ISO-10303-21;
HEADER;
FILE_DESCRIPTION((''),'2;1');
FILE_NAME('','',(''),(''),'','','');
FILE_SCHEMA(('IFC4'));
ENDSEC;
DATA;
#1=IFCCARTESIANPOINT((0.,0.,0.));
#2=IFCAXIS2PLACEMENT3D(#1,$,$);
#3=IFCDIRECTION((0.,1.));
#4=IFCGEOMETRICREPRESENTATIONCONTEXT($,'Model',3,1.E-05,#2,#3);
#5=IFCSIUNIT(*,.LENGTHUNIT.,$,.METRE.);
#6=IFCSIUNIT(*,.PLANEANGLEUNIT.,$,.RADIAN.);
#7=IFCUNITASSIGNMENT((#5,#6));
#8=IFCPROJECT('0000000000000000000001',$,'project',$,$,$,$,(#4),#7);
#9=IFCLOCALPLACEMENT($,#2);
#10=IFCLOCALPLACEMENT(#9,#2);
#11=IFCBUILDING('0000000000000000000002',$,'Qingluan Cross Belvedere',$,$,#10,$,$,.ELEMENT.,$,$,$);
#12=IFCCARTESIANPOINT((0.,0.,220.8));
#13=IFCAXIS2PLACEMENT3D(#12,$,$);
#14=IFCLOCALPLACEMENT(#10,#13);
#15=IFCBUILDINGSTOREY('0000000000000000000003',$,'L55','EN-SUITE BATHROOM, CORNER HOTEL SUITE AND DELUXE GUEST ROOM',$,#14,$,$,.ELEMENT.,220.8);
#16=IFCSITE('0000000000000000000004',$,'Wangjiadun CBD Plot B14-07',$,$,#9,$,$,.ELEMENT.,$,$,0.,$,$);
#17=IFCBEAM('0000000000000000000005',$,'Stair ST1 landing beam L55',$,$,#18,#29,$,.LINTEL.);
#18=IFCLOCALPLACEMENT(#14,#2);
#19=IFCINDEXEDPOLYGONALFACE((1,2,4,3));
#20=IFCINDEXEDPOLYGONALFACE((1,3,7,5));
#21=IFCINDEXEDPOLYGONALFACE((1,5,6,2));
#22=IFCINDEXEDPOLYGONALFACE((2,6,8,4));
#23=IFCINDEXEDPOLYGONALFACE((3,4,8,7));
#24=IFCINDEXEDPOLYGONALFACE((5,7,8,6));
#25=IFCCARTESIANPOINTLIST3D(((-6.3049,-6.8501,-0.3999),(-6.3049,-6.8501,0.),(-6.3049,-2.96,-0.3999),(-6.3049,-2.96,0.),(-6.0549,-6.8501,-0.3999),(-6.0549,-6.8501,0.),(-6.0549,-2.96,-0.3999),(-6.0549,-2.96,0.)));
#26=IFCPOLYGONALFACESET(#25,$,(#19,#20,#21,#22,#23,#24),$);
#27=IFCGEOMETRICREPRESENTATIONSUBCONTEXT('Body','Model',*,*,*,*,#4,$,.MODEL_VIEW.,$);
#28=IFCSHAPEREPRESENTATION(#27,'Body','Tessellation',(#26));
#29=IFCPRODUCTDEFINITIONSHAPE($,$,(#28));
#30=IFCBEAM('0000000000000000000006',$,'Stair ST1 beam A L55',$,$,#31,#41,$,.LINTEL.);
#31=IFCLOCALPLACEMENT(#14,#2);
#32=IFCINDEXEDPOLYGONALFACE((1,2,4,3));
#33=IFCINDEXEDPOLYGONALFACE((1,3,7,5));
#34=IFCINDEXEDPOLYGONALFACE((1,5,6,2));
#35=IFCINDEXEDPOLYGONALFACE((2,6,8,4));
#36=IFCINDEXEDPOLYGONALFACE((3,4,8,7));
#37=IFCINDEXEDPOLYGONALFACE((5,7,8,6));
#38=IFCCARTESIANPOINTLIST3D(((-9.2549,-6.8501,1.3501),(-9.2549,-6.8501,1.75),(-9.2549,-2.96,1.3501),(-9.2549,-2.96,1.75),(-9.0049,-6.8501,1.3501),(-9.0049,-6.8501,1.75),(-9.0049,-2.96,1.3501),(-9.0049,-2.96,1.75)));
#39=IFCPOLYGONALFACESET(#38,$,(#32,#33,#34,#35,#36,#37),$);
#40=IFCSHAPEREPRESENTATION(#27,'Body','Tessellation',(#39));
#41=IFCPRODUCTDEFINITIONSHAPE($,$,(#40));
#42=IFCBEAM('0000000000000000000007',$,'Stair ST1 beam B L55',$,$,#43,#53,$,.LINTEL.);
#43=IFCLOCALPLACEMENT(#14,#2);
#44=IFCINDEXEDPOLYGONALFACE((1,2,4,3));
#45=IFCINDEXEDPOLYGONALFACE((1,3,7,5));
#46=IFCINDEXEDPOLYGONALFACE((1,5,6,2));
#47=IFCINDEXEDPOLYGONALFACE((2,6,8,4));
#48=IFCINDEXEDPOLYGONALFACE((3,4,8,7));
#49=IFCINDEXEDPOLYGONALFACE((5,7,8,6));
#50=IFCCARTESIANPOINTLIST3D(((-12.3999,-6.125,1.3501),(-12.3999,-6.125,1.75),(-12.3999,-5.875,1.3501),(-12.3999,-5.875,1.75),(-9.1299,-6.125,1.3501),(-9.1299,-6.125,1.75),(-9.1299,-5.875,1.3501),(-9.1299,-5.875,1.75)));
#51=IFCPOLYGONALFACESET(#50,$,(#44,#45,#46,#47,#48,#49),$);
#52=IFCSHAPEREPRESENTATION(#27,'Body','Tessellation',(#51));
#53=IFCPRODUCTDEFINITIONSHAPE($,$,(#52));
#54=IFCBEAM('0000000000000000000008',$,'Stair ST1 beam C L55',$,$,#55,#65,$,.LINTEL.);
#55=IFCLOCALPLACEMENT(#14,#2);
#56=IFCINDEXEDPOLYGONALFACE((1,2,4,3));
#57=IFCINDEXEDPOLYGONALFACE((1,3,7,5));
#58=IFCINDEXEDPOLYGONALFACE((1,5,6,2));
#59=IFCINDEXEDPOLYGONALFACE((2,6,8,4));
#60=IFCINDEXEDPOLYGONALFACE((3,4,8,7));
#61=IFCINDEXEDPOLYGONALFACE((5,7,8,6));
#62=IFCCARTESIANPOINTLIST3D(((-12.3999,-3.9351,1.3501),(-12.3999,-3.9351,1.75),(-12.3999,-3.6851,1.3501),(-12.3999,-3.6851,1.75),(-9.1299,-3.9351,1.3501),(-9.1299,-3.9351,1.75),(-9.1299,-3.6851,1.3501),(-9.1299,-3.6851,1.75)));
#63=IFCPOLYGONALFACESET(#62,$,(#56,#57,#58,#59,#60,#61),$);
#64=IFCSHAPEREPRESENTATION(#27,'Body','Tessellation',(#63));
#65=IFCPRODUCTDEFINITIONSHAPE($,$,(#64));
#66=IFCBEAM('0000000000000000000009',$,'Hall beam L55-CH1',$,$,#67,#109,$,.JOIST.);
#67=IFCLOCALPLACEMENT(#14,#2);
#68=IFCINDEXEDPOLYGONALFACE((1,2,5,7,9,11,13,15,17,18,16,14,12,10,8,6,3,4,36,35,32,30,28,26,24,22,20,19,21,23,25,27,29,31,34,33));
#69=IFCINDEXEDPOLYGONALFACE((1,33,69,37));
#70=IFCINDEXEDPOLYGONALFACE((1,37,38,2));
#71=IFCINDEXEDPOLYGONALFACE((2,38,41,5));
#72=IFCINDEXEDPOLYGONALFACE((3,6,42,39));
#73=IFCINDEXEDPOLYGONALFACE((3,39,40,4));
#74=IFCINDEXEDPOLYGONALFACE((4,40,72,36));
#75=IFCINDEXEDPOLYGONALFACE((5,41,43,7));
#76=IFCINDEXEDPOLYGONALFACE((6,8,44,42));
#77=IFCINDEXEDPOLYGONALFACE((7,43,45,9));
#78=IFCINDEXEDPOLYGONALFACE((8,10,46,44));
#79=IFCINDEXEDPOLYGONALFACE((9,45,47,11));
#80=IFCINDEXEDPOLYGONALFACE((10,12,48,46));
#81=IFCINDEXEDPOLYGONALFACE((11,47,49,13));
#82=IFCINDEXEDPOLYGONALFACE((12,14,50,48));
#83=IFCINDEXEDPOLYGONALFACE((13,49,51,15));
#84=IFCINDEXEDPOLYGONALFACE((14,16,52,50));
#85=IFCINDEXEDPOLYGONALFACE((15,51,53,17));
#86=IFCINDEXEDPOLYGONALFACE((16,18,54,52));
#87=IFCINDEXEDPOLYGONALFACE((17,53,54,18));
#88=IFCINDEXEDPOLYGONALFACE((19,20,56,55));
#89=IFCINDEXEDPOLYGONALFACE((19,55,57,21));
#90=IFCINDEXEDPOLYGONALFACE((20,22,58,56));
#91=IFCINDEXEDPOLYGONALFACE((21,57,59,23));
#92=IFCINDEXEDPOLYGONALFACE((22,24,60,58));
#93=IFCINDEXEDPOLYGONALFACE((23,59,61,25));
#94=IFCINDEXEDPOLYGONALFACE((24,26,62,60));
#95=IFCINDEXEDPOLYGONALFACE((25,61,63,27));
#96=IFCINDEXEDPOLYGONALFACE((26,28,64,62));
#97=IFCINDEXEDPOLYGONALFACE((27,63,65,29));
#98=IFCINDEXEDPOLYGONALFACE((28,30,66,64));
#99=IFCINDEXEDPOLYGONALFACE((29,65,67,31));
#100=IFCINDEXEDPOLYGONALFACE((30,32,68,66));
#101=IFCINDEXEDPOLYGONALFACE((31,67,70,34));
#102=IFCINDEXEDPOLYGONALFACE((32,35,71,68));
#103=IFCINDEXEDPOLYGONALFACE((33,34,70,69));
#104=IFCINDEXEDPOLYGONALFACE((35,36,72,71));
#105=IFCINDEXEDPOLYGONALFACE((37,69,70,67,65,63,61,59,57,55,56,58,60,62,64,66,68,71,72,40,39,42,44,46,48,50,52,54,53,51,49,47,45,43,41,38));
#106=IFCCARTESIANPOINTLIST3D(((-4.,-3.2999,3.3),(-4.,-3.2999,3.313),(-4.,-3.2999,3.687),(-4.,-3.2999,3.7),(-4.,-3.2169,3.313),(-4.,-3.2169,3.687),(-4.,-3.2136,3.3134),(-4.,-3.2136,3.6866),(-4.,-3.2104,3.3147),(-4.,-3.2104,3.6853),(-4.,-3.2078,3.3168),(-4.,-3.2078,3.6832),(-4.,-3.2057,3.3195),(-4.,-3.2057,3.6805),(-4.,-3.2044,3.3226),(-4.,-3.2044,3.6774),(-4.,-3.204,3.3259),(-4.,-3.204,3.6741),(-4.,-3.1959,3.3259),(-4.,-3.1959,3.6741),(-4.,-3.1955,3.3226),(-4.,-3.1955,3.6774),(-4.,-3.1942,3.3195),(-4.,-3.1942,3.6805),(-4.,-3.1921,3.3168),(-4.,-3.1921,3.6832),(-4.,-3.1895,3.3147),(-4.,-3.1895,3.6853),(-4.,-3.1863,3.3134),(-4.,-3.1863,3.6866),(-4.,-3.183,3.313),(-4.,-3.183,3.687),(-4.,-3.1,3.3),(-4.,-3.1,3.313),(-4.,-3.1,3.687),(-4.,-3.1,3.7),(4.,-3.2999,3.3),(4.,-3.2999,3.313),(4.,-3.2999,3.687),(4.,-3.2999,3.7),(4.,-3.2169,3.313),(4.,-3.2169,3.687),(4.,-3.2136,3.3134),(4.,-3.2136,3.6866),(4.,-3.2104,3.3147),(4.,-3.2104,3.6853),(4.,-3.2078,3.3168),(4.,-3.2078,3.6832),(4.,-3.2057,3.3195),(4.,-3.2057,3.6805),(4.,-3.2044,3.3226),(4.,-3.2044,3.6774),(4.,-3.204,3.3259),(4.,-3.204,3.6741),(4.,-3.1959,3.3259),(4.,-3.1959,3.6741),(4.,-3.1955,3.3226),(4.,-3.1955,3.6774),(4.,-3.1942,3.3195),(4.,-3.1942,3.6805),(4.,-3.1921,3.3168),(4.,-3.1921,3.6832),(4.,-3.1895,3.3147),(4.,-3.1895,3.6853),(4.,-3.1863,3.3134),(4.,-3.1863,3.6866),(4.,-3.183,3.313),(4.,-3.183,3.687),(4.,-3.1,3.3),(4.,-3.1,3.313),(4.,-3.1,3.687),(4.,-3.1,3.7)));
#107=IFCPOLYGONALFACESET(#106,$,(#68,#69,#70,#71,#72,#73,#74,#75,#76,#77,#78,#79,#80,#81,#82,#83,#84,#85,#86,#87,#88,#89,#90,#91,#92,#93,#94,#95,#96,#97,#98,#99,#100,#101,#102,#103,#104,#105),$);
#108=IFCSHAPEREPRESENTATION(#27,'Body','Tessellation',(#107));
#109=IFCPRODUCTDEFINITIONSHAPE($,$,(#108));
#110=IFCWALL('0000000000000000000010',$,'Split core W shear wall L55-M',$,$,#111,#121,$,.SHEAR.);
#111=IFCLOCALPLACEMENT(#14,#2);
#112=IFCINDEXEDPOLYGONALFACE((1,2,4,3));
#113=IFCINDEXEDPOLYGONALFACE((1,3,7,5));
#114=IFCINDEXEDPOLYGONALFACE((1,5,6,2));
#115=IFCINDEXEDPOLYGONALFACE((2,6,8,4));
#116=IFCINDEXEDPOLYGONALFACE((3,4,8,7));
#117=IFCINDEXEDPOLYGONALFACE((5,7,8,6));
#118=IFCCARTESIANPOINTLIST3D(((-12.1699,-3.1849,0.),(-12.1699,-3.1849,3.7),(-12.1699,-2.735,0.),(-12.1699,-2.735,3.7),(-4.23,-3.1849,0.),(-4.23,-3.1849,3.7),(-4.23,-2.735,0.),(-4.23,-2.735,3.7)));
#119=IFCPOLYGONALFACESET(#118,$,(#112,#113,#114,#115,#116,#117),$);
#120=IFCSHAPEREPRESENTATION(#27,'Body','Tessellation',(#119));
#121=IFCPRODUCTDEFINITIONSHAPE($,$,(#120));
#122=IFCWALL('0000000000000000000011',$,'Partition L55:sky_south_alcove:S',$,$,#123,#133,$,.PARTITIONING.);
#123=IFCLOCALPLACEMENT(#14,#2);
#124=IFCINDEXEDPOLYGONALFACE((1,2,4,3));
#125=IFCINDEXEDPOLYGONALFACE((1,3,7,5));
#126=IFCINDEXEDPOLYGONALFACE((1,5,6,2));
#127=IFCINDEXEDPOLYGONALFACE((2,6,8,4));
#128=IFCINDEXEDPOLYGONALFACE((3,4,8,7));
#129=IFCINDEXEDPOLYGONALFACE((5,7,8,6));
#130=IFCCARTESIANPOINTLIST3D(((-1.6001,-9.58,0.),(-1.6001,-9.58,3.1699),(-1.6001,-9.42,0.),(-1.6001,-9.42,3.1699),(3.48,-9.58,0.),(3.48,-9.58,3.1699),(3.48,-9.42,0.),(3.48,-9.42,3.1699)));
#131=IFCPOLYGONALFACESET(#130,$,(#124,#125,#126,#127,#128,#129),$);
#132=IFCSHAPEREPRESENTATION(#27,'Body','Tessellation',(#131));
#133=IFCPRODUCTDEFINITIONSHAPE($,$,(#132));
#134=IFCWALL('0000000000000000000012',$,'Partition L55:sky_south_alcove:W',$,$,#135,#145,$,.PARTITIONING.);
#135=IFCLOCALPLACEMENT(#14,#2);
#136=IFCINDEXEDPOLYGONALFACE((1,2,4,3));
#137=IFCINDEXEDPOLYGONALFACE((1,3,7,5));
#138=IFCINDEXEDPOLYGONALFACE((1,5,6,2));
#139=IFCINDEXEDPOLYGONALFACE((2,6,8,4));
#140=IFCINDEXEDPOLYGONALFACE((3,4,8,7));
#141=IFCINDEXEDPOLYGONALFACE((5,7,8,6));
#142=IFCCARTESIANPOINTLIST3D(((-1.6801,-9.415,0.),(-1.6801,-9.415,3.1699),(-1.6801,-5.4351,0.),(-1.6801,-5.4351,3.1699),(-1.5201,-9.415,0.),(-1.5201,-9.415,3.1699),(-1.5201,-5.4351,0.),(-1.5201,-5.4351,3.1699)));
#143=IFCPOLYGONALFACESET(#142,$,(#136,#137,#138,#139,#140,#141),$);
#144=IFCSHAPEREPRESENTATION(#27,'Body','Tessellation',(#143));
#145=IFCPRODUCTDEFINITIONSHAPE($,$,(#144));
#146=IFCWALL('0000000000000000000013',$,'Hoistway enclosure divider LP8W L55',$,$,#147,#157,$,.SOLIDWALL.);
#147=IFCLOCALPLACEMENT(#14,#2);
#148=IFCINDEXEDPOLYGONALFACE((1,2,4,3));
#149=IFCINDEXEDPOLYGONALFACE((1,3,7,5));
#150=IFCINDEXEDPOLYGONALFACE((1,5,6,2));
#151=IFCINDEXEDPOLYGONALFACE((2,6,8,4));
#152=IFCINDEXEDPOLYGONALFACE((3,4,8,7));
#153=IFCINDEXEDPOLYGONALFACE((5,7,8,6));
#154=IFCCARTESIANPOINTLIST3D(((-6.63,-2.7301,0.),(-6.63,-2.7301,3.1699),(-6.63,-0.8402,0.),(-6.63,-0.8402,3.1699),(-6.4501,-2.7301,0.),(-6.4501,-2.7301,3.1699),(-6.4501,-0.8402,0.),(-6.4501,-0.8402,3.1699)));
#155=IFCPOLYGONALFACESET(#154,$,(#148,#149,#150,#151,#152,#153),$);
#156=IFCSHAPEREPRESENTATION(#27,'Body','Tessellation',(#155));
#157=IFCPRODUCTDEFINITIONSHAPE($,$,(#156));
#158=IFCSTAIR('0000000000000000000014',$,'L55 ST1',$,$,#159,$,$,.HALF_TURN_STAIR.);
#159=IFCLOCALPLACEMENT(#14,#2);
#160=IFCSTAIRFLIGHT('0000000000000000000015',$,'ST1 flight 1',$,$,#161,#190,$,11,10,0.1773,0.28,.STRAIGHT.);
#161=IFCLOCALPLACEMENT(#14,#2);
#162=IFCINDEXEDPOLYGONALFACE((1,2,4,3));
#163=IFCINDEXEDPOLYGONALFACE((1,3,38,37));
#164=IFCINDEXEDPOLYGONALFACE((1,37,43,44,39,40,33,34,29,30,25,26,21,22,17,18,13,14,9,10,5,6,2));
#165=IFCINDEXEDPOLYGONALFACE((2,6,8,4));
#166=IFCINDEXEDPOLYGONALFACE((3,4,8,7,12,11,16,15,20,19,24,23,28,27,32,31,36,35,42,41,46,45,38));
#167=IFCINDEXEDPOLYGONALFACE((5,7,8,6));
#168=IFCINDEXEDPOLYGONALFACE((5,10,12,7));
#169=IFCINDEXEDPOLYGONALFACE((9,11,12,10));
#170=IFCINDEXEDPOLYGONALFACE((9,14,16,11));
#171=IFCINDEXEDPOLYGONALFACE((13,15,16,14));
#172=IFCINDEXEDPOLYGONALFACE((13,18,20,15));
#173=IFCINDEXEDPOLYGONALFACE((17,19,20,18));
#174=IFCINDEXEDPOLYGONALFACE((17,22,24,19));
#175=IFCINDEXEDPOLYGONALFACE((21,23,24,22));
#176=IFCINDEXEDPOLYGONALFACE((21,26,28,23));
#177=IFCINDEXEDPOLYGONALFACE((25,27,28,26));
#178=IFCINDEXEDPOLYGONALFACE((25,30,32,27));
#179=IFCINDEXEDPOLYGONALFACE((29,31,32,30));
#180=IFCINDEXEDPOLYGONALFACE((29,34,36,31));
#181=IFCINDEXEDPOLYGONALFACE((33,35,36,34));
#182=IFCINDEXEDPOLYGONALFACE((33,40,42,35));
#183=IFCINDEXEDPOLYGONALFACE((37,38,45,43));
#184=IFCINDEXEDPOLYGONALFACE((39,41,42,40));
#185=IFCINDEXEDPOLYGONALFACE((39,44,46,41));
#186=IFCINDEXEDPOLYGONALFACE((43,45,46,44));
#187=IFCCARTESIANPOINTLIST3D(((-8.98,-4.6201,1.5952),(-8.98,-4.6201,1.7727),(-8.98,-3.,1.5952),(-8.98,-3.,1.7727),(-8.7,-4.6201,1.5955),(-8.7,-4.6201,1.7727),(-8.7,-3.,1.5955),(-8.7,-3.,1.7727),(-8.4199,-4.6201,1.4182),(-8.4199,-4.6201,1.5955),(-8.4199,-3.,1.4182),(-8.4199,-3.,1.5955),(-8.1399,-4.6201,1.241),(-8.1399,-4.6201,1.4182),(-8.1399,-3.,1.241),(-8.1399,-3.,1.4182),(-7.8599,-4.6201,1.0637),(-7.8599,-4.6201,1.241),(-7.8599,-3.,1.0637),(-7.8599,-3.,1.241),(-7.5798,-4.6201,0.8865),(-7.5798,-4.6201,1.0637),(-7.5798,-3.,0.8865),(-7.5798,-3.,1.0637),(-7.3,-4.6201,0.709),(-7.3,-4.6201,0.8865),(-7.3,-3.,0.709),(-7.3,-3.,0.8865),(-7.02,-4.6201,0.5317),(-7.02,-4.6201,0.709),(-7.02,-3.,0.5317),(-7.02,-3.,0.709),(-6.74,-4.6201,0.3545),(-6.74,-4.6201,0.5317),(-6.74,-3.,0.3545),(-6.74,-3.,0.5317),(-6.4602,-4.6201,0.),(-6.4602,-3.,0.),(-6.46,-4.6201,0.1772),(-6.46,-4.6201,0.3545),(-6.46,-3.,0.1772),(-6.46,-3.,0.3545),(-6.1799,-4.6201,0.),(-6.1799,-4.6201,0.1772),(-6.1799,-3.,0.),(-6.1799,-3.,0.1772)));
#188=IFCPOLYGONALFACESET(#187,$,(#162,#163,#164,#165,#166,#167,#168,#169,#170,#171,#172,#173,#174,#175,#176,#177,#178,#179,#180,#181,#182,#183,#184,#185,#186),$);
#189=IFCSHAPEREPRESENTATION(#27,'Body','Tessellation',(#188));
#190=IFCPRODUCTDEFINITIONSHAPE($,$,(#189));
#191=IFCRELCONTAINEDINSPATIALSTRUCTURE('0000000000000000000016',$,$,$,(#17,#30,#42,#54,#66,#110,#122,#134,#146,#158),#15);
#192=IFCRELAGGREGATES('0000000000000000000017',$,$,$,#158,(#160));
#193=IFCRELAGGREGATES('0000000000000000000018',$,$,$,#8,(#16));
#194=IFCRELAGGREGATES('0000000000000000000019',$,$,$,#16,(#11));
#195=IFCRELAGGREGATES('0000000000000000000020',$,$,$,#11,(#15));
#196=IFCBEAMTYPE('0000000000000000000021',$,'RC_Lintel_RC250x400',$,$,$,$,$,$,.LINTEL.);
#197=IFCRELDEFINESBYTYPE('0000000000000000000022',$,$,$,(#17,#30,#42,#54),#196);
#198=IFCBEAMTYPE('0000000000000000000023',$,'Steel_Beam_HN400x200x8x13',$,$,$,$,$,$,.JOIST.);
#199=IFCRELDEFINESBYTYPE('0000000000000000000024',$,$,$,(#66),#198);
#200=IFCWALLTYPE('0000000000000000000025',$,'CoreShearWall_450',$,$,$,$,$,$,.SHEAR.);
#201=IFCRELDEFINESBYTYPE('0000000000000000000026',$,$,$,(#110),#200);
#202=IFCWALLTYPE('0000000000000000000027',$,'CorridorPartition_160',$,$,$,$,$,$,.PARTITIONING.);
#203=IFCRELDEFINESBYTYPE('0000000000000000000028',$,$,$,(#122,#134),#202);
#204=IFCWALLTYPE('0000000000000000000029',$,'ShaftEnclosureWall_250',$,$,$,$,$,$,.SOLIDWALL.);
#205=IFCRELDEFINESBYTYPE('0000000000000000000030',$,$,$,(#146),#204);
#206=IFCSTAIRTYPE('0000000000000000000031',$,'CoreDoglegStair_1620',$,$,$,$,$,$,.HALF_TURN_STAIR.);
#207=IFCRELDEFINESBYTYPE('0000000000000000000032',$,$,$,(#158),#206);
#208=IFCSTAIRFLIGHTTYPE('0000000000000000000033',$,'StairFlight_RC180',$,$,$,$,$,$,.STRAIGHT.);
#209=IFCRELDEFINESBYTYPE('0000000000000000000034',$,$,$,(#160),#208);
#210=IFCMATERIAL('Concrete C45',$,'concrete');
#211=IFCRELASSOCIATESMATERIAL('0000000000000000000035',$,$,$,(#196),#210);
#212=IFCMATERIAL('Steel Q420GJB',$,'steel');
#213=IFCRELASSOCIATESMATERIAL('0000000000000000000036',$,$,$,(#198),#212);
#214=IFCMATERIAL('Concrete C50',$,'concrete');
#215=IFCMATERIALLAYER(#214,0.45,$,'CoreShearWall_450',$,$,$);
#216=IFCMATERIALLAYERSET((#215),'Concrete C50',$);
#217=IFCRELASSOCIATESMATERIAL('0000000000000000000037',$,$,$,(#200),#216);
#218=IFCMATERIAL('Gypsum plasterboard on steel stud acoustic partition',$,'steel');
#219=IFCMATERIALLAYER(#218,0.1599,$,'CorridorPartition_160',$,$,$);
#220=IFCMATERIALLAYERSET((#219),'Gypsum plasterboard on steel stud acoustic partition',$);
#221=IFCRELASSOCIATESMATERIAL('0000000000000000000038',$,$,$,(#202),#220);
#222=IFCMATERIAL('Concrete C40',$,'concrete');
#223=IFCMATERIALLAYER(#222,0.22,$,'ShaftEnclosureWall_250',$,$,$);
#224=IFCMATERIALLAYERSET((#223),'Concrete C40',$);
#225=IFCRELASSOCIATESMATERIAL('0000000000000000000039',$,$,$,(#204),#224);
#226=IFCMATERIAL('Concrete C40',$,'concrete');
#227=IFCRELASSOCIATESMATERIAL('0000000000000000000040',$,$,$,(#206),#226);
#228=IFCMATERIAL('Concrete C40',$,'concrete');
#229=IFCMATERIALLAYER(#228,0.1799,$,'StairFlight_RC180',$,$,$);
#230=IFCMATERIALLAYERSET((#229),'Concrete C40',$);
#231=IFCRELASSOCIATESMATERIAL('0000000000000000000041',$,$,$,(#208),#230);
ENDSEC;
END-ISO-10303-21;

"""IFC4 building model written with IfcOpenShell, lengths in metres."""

from ifc_helpers import new_model, si_unit, direction, frame, frame_2d, origin, origin_2d, place, context, subcontext, project, spatial, polyline, rectangle, i_section, outline, extrude, material, layer, layer_set, material_profile, profile_set, type_object, element, aggregate, save


model = new_model("IFC4")

# Units and contexts
model_context = context("Model", 3, precision=1e-05, world=origin(), true_north=direction((0.0, 1.0)))
body_context = subcontext(model_context, "Body", "Model", "MODEL_VIEW")
ifc_project = project(units=[si_unit("LENGTHUNIT", "METRE"), si_unit("PLANEANGLEUNIT", "RADIAN")], contexts=[model_context])

# Site, building, storey
site_placement = place(None, origin())
site = spatial("IfcSite", under=ifc_project, at=site_placement, Name="Wangjiadun CBD Plot B14-07", CompositionType="ELEMENT", RefElevation=0.0)
building_placement = place(site_placement, origin())
building = spatial("IfcBuilding", under=site, at=building_placement, Name="Qingluan Cross Belvedere", CompositionType="ELEMENT")
storey_placement = place(building_placement, frame((0.0, 0.0, 220.8)))
storey = spatial("IfcBuildingStorey", under=building, at=storey_placement, Name="L55", Description="EN-SUITE BATHROOM, CORNER HOTEL SUITE AND DELUXE GUEST ROOM", CompositionType="ELEMENT", Elevation=220.8)

# Beams
ifc_material_1 = material(Name="Concrete C45", Category="concrete")
ifc_material_profile_1 = material_profile(ifc_material_1, rectangle(XDim=0.25, YDim=0.3999, at=origin_2d()), Name="RC250x400")
ifc_profile_set_1 = profile_set([ifc_material_profile_1], Name="Concrete C45")
beam_type_1 = type_object("IfcBeamType", Name="RC_Lintel_RC250x400", PredefinedType="LINTEL", material=ifc_profile_set_1)
for number, where, z_axis, x_axis, name in (
    (1, (-6.1799, -6.8501, -0.2), (0.0, 1.0, 0.0), (-1.0, 0.0, 0.0), "Stair ST1 landing beam L55"),
    (2, (-9.1299, -6.8501, 1.55), (0.0, 1.0, 0.0), (-1.0, 0.0, 0.0), "Stair ST1 beam A L55"),
):
    element("IfcBeam", number, at=place(storey_placement, frame(where, z_axis=z_axis, x_axis=x_axis)), inside=storey, type_object=beam_type_1, Name=name, PredefinedType="LINTEL", context=body_context, shape_type="SweptSolid", body=[
        extrude(rectangle(XDim=0.25, YDim=0.3999, at=origin_2d()), origin(), (0.0, 0.0, 1.0), 3.8901),
    ])
for number, where, z_axis, x_axis, name in (
    (3, (-12.3999, -6.0, 1.55), (1.0, 0.0, 0.0), (0.0, 1.0, 0.0), "Stair ST1 beam B L55"),
    (4, (-12.3999, -3.8101, 1.55), (1.0, 0.0, 0.0), (0.0, 1.0, 0.0), "Stair ST1 beam C L55"),
):
    element("IfcBeam", number, at=place(storey_placement, frame(where, z_axis=z_axis, x_axis=x_axis)), inside=storey, type_object=beam_type_1, Name=name, PredefinedType="LINTEL", context=body_context, shape_type="SweptSolid", body=[
        extrude(rectangle(XDim=0.25, YDim=0.3999, at=origin_2d()), origin(), (0.0, 0.0, 1.0), 3.27),
    ])
ifc_material_2 = material(Name="Steel Q420GJB", Category="steel")
ifc_material_profile_2 = material_profile(ifc_material_2, i_section(OverallWidth=0.2, OverallDepth=0.3999, WebThickness=0.0081, FlangeThickness=0.0129, FilletRadius=0.0129, at=origin_2d()), Name="HN400x200x8x13")
ifc_profile_set_2 = profile_set([ifc_material_profile_2], Name="Steel Q420GJB")
beam_type_2 = type_object("IfcBeamType", Name="Steel_Beam_HN400x200x8x13", PredefinedType="JOIST", material=ifc_profile_set_2)
beam_placement = place(storey_placement, frame((-4.0, -3.2, 3.5), z_axis=(1.0, 0.0, 0.0), x_axis=(0.0, 1.0, 0.0)))
element("IfcBeam", 5, at=beam_placement, inside=storey, type_object=beam_type_2, Name="Hall beam L55-CH1", PredefinedType="JOIST", context=body_context, shape_type="SweptSolid", body=[
    extrude(i_section(OverallWidth=0.2, OverallDepth=0.3999, WebThickness=0.0081, FlangeThickness=0.0129, FilletRadius=0.0129, at=origin_2d()), origin(), (0.0, 0.0, 1.0), 8.0),
])

# Shared definitions
ifc_material_3 = material(Name="Concrete C50", Category="concrete")
ifc_layer_1 = layer(ifc_material_3, 0.45, Name="CoreShearWall_450")
ifc_layer_set_1 = layer_set([ifc_layer_1], Name="Concrete C50")
wall_type_1 = type_object("IfcWallType", Name="CoreShearWall_450", PredefinedType="SHEAR", material=ifc_layer_set_1)

# Wall
wall_1_placement = place(storey_placement, frame((-12.1699, -2.96, 0.0), z_axis=(0.0, 0.0, 1.0), x_axis=(1.0, 0.0, 0.0)))
element("IfcWall", 6, at=wall_1_placement, inside=storey, type_object=wall_type_1, Name="Split core W shear wall L55-M", PredefinedType="SHEAR", context=body_context, shape_type="SweptSolid", body=[
    extrude(rectangle(XDim=7.9399, YDim=0.45, at=frame_2d((3.97, 0.0))), origin(), (0.0, 0.0, 1.0), 3.7),
])

# Shared definitions
ifc_material_4 = material(Name="Gypsum plasterboard on steel stud acoustic partition", Category="steel")
ifc_layer_2 = layer(ifc_material_4, 0.1599, Name="CorridorPartition_160")
ifc_layer_set_2 = layer_set([ifc_layer_2], Name="Gypsum plasterboard on steel stud acoustic partition")
wall_type_2 = type_object("IfcWallType", Name="CorridorPartition_160", PredefinedType="PARTITIONING", material=ifc_layer_set_2)

# Walls
wall_2_placement = place(storey_placement, frame((-1.6001, -9.5, 0.0), z_axis=(0.0, 0.0, 1.0), x_axis=(1.0, 0.0, 0.0)))
element("IfcWall", 7, at=wall_2_placement, inside=storey, type_object=wall_type_2, Name="Partition L55:sky_south_alcove:S", PredefinedType="PARTITIONING", context=body_context, shape_type="SweptSolid", body=[
    extrude(rectangle(XDim=5.0801, YDim=0.1599, at=frame_2d((2.54, 0.0))), origin(), (0.0, 0.0, 1.0), 3.1699),
])
wall_3_placement = place(storey_placement, frame((-1.6001, -9.415, 0.0), z_axis=(0.0, 0.0, 1.0), x_axis=(0.0, 1.0, 0.0)))
element("IfcWall", 8, at=wall_3_placement, inside=storey, type_object=wall_type_2, Name="Partition L55:sky_south_alcove:W", PredefinedType="PARTITIONING", context=body_context, shape_type="SweptSolid", body=[
    extrude(rectangle(XDim=3.98, YDim=0.1599, at=frame_2d((1.99, 0.0))), origin(), (0.0, 0.0, 1.0), 3.1699),
])

# Wall
ifc_material_5 = material(Name="Concrete C40", Category="concrete")
ifc_layer_3 = layer(ifc_material_5, 0.22, Name="ShaftEnclosureWall_250")
ifc_layer_set_3 = layer_set([ifc_layer_3], Name="Concrete C40")
wall_type_3 = type_object("IfcWallType", Name="ShaftEnclosureWall_250", PredefinedType="SOLIDWALL", material=ifc_layer_set_3)
wall_4_placement = place(storey_placement, frame((-6.54, -2.73, 0.0), z_axis=(0.0, 0.0, 1.0), x_axis=(0.0, 1.0, 0.0)))
element("IfcWall", 9, at=wall_4_placement, inside=storey, type_object=wall_type_3, Name="Hoistway enclosure divider LP8W L55", PredefinedType="SOLIDWALL", context=body_context, shape_type="SweptSolid", body=[
    extrude(rectangle(XDim=1.8899, YDim=0.1799, at=frame_2d((0.9448, 0.0))), origin(), (0.0, 0.0, 1.0), 3.1699),
])

# Stair, stair flight
ifc_material_6 = material(Name="Concrete C40", Category="concrete")
stair_type = type_object("IfcStairType", Name="CoreDoglegStair_1620", PredefinedType="HALF_TURN_STAIR", material=ifc_material_6)
stair_placement = place(storey_placement, origin())
stair = element("IfcStair", 10, at=stair_placement, inside=storey, type_object=stair_type, Name="L55 ST1", PredefinedType="HALF_TURN_STAIR")
ifc_material_7 = material(Name="Concrete C40", Category="concrete")
ifc_layer_4 = layer(ifc_material_7, 0.1799, Name="StairFlight_RC180")
ifc_layer_set_4 = layer_set([ifc_layer_4], Name="Concrete C40")
stair_flight_type = type_object("IfcStairFlightType", Name="StairFlight_RC180", PredefinedType="STRAIGHT", material=ifc_layer_set_4)
stair_flight_1_placement = place(storey_placement, frame((-6.1799, -3.8101, 0.0), z_axis=(0.0, 0.0, 1.0), x_axis=(-1.0, 0.0, 0.0)))
stair_flight_1 = element("IfcStairFlight", 11, at=stair_flight_1_placement, type_object=stair_flight_type, Name="ST1 flight 1", NumberOfRisers=11, NumberOfTreads=10, PredefinedType="STRAIGHT", RiserHeight=0.1773, TreadLength=0.28, context=body_context, shape_type="SweptSolid", body=[
    extrude(outline(polyline([(0.0, 0.0), (0.0, 0.1772), (0.28, 0.1772), (0.28, 0.3545), (0.5601, 0.3545), (0.5601, 0.5317), (0.8401, 0.5317), (0.8401, 0.709), (1.1201, 0.709), (1.1201, 0.8865), (1.3999, 0.8865), (1.3999, 1.0637), (1.6799, 1.0637), (1.6799, 1.241), (1.96, 1.241), (1.96, 1.4182), (2.24, 1.4182), (2.24, 1.5955), (2.52, 1.5955), (2.52, 1.7727), (2.8, 1.7727), (2.8, 1.95), (2.8, 1.5952), (0.2803, 0.0), (0.0, 0.0)])), frame((0.0, 0.8101, 0.0), z_axis=(0.0, -1.0, 0.0), x_axis=(1.0, 0.0, 0.0)), (0.0, 0.0, 1.0), 1.6201),
])
aggregate(stair, [stair_flight_1])

save(model, "model.ifc")
